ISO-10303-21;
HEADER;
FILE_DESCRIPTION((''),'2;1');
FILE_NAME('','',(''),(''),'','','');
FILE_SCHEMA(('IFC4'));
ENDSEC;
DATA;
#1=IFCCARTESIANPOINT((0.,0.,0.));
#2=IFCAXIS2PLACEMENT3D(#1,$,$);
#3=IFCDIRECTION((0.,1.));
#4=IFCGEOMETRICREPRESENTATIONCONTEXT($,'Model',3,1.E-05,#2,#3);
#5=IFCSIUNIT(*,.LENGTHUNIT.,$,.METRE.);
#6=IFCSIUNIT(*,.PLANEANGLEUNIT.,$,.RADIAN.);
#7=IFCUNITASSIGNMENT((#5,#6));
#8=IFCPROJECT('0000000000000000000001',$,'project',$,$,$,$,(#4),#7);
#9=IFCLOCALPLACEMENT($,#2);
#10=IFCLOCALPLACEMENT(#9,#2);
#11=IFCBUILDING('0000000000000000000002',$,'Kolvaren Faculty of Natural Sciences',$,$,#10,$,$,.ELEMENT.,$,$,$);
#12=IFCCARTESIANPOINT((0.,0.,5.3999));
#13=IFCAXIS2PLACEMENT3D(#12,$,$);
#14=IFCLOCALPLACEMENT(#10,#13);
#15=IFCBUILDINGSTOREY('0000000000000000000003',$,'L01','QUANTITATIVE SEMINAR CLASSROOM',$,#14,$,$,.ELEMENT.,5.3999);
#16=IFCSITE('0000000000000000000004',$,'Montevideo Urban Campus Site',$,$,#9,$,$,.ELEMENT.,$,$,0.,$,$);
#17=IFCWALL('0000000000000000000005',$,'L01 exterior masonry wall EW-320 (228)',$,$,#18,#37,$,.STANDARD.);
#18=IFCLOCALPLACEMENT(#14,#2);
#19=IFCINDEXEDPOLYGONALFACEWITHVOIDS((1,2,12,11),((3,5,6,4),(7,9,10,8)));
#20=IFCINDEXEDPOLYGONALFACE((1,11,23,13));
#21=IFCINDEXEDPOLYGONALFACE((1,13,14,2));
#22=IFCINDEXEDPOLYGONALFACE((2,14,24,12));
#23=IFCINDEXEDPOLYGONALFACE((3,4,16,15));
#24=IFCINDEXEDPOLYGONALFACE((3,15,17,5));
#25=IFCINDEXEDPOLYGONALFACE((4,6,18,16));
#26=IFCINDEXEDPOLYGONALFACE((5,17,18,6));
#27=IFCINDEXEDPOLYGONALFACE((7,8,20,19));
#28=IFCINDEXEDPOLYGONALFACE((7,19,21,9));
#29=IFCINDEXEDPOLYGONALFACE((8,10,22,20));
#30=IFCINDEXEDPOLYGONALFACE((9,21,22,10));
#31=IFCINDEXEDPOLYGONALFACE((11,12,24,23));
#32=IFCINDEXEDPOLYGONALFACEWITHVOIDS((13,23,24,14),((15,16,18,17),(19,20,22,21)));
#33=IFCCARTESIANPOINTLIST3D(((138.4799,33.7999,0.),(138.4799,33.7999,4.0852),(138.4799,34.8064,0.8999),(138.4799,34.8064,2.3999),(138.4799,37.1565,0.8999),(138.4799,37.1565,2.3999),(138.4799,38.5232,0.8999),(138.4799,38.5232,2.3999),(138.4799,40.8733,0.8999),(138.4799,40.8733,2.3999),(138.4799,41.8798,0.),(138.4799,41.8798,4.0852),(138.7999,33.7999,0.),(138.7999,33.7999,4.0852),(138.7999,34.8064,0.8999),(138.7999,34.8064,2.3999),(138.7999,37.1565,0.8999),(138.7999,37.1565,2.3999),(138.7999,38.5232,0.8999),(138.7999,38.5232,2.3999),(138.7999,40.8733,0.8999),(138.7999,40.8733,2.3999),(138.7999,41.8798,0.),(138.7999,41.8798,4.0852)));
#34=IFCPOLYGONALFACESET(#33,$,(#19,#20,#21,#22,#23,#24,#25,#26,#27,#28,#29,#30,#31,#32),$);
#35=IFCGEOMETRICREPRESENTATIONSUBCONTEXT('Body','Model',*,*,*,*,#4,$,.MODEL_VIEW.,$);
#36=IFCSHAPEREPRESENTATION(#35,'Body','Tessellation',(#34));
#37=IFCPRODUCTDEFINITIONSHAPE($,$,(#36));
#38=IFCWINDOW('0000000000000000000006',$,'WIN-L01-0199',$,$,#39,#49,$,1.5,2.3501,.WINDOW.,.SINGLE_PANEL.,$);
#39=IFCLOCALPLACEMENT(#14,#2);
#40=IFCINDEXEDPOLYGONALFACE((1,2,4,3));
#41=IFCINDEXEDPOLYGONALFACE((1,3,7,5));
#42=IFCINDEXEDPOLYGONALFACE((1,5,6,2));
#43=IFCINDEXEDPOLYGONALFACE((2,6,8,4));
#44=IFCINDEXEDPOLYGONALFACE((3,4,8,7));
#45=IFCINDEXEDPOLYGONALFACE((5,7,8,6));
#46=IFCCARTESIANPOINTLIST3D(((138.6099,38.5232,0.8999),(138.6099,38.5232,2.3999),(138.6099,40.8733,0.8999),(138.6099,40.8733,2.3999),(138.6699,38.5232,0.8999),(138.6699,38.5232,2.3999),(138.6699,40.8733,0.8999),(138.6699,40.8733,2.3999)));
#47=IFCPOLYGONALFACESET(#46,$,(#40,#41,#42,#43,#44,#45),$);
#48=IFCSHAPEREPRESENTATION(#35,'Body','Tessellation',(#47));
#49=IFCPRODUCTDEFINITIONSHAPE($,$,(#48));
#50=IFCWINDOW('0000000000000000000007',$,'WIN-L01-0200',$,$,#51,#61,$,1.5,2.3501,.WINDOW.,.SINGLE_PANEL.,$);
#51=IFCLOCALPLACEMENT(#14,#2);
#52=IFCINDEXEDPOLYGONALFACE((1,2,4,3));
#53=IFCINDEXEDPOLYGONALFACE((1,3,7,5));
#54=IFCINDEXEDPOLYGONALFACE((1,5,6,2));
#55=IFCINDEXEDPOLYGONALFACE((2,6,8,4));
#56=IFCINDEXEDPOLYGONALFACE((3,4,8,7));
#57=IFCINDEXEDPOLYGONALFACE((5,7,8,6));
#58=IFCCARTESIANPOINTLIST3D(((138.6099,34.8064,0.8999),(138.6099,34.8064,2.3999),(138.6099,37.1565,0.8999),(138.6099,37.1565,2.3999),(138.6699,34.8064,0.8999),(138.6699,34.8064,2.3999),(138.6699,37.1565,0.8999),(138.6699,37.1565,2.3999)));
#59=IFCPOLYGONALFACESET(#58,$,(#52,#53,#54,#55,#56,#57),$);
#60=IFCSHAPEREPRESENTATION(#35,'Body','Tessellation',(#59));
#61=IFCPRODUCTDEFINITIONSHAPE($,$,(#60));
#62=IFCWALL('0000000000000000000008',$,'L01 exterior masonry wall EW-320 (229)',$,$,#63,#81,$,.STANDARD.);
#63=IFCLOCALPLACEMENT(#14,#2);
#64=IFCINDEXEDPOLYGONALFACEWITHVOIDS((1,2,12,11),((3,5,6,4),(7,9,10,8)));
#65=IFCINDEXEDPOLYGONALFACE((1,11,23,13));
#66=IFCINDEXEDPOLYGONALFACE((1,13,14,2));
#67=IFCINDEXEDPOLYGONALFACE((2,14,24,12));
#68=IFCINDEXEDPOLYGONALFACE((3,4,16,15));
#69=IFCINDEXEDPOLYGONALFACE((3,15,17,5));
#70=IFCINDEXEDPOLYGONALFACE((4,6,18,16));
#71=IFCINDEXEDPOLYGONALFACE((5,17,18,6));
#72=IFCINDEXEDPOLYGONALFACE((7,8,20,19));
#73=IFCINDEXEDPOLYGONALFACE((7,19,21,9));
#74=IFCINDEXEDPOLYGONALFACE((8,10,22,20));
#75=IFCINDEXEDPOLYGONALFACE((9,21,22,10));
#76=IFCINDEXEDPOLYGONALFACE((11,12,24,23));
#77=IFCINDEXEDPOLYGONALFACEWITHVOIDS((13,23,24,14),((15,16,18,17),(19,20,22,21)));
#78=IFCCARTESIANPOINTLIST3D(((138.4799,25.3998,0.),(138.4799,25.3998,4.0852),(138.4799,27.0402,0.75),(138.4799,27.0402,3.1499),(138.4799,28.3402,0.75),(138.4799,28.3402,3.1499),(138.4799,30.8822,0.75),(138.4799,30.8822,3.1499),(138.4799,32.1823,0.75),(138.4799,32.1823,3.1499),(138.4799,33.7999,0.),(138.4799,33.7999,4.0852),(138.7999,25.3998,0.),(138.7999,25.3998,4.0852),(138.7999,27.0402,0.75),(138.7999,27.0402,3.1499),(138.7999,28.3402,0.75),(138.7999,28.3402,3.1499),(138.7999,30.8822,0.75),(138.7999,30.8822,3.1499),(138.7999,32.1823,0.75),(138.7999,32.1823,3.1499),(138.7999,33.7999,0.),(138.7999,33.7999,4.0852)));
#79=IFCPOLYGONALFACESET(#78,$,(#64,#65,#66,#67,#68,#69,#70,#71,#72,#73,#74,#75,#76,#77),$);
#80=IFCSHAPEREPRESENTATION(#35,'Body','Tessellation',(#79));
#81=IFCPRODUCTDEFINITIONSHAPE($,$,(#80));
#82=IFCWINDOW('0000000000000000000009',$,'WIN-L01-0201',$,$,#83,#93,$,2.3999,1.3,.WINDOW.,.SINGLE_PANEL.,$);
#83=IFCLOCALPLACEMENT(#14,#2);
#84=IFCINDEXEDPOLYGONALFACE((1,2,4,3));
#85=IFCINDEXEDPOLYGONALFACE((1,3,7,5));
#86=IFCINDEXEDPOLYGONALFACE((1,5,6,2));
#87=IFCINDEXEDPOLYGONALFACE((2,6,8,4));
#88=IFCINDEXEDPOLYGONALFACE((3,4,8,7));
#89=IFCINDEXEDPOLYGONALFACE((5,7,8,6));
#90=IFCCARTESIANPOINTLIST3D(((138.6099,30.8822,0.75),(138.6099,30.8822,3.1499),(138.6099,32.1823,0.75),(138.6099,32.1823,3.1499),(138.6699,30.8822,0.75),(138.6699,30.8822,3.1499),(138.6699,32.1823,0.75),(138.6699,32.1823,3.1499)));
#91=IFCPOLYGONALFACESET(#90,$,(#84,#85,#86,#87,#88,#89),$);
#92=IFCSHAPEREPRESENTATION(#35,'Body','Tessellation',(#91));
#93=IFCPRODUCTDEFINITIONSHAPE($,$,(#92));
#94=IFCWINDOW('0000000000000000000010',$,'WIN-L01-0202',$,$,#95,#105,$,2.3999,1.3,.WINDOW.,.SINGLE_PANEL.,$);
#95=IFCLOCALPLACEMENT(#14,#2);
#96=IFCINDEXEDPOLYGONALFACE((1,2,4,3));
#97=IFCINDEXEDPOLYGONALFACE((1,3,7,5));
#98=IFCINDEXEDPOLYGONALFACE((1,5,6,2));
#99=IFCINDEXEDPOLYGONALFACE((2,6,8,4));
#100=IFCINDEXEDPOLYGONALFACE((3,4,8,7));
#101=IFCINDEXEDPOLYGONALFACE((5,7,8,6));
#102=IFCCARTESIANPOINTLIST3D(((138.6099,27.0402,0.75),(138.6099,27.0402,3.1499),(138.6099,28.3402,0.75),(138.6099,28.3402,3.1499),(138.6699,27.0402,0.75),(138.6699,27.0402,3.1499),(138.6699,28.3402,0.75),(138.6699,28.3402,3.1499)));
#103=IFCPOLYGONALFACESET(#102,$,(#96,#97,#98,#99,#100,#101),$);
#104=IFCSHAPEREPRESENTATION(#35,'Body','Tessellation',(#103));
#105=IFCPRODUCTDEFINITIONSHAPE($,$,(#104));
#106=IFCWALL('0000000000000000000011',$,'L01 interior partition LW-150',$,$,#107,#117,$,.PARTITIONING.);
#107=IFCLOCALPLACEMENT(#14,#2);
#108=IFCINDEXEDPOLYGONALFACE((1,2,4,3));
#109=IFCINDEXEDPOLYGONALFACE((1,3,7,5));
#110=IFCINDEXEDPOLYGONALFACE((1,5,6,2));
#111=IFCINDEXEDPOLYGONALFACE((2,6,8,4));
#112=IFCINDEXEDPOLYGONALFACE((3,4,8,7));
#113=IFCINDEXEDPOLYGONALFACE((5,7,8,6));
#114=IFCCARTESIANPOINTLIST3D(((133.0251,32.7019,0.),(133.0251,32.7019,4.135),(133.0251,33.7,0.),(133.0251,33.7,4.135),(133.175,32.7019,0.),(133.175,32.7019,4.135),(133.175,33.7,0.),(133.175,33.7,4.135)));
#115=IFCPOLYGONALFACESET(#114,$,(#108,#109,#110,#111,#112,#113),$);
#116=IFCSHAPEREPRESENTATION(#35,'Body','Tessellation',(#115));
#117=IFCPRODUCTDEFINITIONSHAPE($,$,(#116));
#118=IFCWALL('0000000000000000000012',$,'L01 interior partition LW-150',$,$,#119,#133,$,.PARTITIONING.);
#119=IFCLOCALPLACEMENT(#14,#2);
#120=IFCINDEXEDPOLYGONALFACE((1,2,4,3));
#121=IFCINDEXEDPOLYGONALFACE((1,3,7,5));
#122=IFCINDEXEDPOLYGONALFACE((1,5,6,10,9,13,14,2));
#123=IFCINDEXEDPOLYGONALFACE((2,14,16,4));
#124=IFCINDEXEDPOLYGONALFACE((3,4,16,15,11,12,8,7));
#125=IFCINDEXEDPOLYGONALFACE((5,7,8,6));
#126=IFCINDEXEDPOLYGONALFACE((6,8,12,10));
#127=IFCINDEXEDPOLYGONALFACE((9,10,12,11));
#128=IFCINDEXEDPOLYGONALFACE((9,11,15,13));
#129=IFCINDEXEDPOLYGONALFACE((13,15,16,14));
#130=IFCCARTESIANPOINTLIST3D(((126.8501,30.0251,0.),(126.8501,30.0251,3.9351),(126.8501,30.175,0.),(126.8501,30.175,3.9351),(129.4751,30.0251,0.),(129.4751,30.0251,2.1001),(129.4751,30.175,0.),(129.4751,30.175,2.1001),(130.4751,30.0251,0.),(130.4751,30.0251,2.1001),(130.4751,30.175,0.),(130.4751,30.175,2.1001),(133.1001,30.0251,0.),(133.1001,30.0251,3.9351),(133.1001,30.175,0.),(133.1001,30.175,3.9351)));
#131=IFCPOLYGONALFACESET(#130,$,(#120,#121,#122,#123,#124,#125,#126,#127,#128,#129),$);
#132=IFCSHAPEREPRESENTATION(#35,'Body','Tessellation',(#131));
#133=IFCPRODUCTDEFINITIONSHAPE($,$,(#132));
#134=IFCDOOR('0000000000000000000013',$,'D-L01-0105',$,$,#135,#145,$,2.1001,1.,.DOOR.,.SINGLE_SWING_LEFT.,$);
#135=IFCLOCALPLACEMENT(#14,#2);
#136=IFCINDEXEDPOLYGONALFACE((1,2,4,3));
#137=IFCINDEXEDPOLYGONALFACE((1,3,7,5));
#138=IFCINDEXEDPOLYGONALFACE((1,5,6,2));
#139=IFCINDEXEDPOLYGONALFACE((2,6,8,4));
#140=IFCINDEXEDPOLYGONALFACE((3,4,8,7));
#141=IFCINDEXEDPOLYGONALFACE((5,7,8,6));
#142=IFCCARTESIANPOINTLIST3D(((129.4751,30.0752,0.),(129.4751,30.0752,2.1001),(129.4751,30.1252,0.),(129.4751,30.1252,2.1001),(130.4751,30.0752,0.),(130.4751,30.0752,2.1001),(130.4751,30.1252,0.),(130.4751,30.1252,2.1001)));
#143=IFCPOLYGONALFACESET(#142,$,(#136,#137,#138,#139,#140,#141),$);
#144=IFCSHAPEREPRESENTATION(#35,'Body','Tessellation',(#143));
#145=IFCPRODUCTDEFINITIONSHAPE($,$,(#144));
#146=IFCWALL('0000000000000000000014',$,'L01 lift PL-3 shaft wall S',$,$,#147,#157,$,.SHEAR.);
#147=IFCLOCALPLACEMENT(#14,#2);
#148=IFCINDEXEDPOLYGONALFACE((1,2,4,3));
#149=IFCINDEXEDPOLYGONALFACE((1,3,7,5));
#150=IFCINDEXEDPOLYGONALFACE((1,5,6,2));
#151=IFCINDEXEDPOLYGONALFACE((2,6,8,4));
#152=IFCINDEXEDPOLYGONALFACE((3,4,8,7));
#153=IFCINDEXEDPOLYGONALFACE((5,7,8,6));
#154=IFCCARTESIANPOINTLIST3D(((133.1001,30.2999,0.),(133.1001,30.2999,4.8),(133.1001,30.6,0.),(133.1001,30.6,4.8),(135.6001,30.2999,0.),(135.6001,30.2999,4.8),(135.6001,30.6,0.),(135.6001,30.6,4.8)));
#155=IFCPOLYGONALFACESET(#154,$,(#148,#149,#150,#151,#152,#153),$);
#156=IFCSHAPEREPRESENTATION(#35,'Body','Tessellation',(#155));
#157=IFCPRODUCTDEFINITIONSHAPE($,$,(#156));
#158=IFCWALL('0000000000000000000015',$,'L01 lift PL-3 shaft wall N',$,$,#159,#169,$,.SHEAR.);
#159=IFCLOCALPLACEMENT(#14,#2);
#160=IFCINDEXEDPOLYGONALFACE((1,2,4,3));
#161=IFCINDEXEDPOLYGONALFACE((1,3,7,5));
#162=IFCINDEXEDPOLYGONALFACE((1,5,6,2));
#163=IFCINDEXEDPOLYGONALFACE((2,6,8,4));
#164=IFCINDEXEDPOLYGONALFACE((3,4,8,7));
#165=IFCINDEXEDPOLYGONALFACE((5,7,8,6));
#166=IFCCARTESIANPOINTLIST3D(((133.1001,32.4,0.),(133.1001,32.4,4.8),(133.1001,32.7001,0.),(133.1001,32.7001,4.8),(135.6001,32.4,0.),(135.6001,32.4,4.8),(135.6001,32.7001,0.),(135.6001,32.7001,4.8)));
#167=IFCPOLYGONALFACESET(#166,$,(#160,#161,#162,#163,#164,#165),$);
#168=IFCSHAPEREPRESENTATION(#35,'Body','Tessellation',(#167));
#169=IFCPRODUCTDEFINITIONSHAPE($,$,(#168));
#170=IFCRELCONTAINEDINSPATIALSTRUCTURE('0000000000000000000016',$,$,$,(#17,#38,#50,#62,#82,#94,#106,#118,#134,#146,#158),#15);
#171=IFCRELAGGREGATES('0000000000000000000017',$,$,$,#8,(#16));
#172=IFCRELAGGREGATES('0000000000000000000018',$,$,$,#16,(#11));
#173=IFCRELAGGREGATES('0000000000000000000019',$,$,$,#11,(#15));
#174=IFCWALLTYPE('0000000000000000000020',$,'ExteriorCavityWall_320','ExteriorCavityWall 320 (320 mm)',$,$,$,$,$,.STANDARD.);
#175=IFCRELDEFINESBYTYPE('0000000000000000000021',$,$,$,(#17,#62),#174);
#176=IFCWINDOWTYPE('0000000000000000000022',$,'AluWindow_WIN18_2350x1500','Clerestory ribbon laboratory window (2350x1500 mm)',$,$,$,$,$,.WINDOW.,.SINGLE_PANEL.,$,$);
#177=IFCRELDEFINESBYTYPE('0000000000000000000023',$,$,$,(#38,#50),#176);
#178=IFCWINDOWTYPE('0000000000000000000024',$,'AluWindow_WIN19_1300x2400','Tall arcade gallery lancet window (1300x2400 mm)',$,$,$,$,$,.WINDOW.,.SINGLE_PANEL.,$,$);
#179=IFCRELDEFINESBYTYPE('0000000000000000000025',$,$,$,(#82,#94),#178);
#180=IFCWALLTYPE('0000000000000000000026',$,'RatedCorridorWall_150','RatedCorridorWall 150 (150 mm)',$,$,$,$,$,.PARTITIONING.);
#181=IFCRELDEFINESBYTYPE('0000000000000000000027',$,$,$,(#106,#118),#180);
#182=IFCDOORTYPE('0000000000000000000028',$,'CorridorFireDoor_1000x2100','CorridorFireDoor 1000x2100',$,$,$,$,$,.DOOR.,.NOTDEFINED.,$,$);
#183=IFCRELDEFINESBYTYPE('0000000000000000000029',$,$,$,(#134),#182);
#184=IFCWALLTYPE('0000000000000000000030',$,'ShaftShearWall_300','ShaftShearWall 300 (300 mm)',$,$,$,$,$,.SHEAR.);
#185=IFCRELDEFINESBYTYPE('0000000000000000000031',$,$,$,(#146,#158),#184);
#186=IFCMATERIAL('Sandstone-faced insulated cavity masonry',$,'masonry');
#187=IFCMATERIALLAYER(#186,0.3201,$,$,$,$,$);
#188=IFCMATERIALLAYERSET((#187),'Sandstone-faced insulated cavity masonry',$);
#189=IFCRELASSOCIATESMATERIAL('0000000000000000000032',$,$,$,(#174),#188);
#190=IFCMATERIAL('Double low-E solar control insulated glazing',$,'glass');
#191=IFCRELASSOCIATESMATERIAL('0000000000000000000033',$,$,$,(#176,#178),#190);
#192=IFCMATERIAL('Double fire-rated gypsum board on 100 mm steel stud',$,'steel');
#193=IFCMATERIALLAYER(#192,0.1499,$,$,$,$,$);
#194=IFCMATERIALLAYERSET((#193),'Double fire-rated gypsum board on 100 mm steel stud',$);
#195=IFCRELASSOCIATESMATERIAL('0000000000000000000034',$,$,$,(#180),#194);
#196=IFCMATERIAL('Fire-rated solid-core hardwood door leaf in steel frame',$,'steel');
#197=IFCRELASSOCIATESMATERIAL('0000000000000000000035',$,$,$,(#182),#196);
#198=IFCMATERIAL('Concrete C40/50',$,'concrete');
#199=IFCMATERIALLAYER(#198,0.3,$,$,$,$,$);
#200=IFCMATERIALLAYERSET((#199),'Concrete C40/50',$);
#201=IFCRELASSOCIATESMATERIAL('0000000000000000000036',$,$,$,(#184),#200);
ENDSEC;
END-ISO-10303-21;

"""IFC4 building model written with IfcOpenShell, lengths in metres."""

from ifc_helpers import new_model, si_unit, direction, frame, frame_2d, origin, place, context, subcontext, project, spatial, rectangle, extrude, material, layer, layer_set, type_object, element, fill, save


model = new_model("IFC4")

# Units and contexts
model_context = context("Model", 3, precision=1e-05, world=origin(), true_north=direction((0.0, 1.0)))
body_context = subcontext(model_context, "Body", "Model", "MODEL_VIEW")
ifc_project = project(units=[si_unit("LENGTHUNIT", "METRE"), si_unit("PLANEANGLEUNIT", "RADIAN")], contexts=[model_context])

# Site, building, storey
site_placement = place(None, origin())
site = spatial("IfcSite", under=ifc_project, at=site_placement, Name="Montevideo Urban Campus Site", CompositionType="ELEMENT", RefElevation=0.0)
building_placement = place(site_placement, origin())
building = spatial("IfcBuilding", under=site, at=building_placement, Name="Kolvaren Faculty of Natural Sciences", CompositionType="ELEMENT")
storey_placement = place(building_placement, frame((0.0, 0.0, 5.3999)))
storey = spatial("IfcBuildingStorey", under=building, at=storey_placement, Name="L01", Description="QUANTITATIVE SEMINAR CLASSROOM", CompositionType="ELEMENT", Elevation=5.3999)

# Shared definitions
ifc_material_1 = material(Name="Concrete C40/50", Category="concrete")

# Walls, openings, windows
ifc_material_2 = material(Name="Sandstone-faced insulated cavity masonry", Category="masonry")
ifc_layer_1 = layer(ifc_material_2, 0.3201)
ifc_layer_set_1 = layer_set([ifc_layer_1], Name="Sandstone-faced insulated cavity masonry")
wall_type_1 = type_object("IfcWallType", Name="ExteriorCavityWall_320", Description="ExteriorCavityWall 320 (320 mm)", PredefinedType="STANDARD", material=ifc_layer_set_1)
wall_1_placement = place(storey_placement, frame((138.6399, 41.8799, 0.0), z_axis=(0.0, 0.0, 1.0), x_axis=(0.0, -1.0, 0.0)))
wall_1 = element("IfcWall", 1, at=wall_1_placement, inside=storey, type_object=wall_type_1, Name="L01 exterior masonry wall EW-320 (228)", PredefinedType="STANDARD", context=body_context, shape_type="SweptSolid", body=[
    extrude(rectangle(XDim=8.0798, YDim=0.3201, at=frame_2d((4.04, 0.0))), origin(), (0.0, 0.0, 1.0), 4.0852),
])
opening_1_placement = place(wall_1_placement, frame((1.0066, 0.0, 0.8999)))
opening_1 = element("IfcOpeningElement", 2, at=opening_1_placement, cuts=wall_1, PredefinedType="OPENING", context=body_context, shape_type="SweptSolid", body=[
    extrude(rectangle(XDim=2.3501, YDim=1.5, at=frame_2d((1.175, 0.75))), frame((0.0, 0.1699, 0.0), z_axis=(0.0, -1.0, 0.0), x_axis=(1.0, 0.0, 0.0)), (0.0, 0.0, 1.0), 0.3401),
])
opening_2_placement = place(wall_1_placement, frame((4.7234, 0.0, 0.8999)))
opening_2 = element("IfcOpeningElement", 3, at=opening_2_placement, cuts=wall_1, PredefinedType="OPENING", context=body_context, shape_type="SweptSolid", body=[
    extrude(rectangle(XDim=2.3501, YDim=1.5, at=frame_2d((1.175, 0.75))), frame((0.0, 0.1699, 0.0), z_axis=(0.0, -1.0, 0.0), x_axis=(1.0, 0.0, 0.0)), (0.0, 0.0, 1.0), 0.3401),
])
ifc_material_3 = material(Name="Double low-E solar control insulated glazing", Category="glass")
window_type_1 = type_object("IfcWindowType", Name="AluWindow_WIN18_2350x1500", Description="Clerestory ribbon laboratory window (2350x1500 mm)", PartitioningType="SINGLE_PANEL", PredefinedType="WINDOW", material=ifc_material_3)
window_1_placement = place(opening_1_placement, origin())
window_1 = element("IfcWindow", 4, at=window_1_placement, inside=storey, type_object=window_type_1, Name="WIN-L01-0199", OverallHeight=1.5, OverallWidth=2.3501, PartitioningType="SINGLE_PANEL", PredefinedType="WINDOW", context=body_context, shape_type="SweptSolid", body=[
    extrude(rectangle(XDim=2.3501, YDim=1.5, at=frame_2d((1.175, 0.75))), frame((0.0, 0.03, 0.0), z_axis=(0.0, -1.0, 0.0), x_axis=(1.0, 0.0, 0.0)), (0.0, 0.0, 1.0), 0.0601),
])
fill(opening_1, window_1)
window_2_placement = place(opening_2_placement, origin())
window_2 = element("IfcWindow", 5, at=window_2_placement, inside=storey, type_object=window_type_1, Name="WIN-L01-0200", OverallHeight=1.5, OverallWidth=2.3501, PartitioningType="SINGLE_PANEL", PredefinedType="WINDOW", context=body_context, shape_type="SweptSolid", body=[
    extrude(rectangle(XDim=2.3501, YDim=1.5, at=frame_2d((1.175, 0.75))), frame((0.0, 0.03, 0.0), z_axis=(0.0, -1.0, 0.0), x_axis=(1.0, 0.0, 0.0)), (0.0, 0.0, 1.0), 0.0601),
])
fill(opening_2, window_2)
wall_2_placement = place(storey_placement, frame((138.6399, 33.8, 0.0), z_axis=(0.0, 0.0, 1.0), x_axis=(0.0, -1.0, 0.0)))
wall_2 = element("IfcWall", 6, at=wall_2_placement, inside=storey, type_object=wall_type_1, Name="L01 exterior masonry wall EW-320 (229)", PredefinedType="STANDARD", context=body_context, shape_type="SweptSolid", body=[
    extrude(rectangle(XDim=8.4001, YDim=0.3201, at=frame_2d((4.2002, 0.0))), origin(), (0.0, 0.0, 1.0), 4.0852),
])
opening_3_placement = place(wall_2_placement, frame((1.6179, 0.0, 0.75)))
opening_3 = element("IfcOpeningElement", 7, at=opening_3_placement, cuts=wall_2, PredefinedType="OPENING", context=body_context, shape_type="SweptSolid", body=[
    extrude(rectangle(XDim=1.3, YDim=2.3999, at=frame_2d((0.6499, 1.2))), frame((0.0, 0.1699, 0.0), z_axis=(0.0, -1.0, 0.0), x_axis=(1.0, 0.0, 0.0)), (0.0, 0.0, 1.0), 0.3401),
])
opening_4_placement = place(wall_2_placement, frame((5.46, 0.0, 0.75)))
opening_4 = element("IfcOpeningElement", 8, at=opening_4_placement, cuts=wall_2, PredefinedType="OPENING", context=body_context, shape_type="SweptSolid", body=[
    extrude(rectangle(XDim=1.3, YDim=2.3999, at=frame_2d((0.6499, 1.2))), frame((0.0, 0.1699, 0.0), z_axis=(0.0, -1.0, 0.0), x_axis=(1.0, 0.0, 0.0)), (0.0, 0.0, 1.0), 0.3401),
])
window_type_2 = type_object("IfcWindowType", Name="AluWindow_WIN19_1300x2400", Description="Tall arcade gallery lancet window (1300x2400 mm)", PartitioningType="SINGLE_PANEL", PredefinedType="WINDOW", material=ifc_material_3)
window_3_placement = place(opening_3_placement, origin())
window_3 = element("IfcWindow", 9, at=window_3_placement, inside=storey, type_object=window_type_2, Name="WIN-L01-0201", OverallHeight=2.3999, OverallWidth=1.3, PartitioningType="SINGLE_PANEL", PredefinedType="WINDOW", context=body_context, shape_type="SweptSolid", body=[
    extrude(rectangle(XDim=1.3, YDim=2.3999, at=frame_2d((0.6499, 1.2))), frame((0.0, 0.03, 0.0), z_axis=(0.0, -1.0, 0.0), x_axis=(1.0, 0.0, 0.0)), (0.0, 0.0, 1.0), 0.0601),
])
fill(opening_3, window_3)
window_4_placement = place(opening_4_placement, origin())
window_4 = element("IfcWindow", 10, at=window_4_placement, inside=storey, type_object=window_type_2, Name="WIN-L01-0202", OverallHeight=2.3999, OverallWidth=1.3, PartitioningType="SINGLE_PANEL", PredefinedType="WINDOW", context=body_context, shape_type="SweptSolid", body=[
    extrude(rectangle(XDim=1.3, YDim=2.3999, at=frame_2d((0.6499, 1.2))), frame((0.0, 0.03, 0.0), z_axis=(0.0, -1.0, 0.0), x_axis=(1.0, 0.0, 0.0)), (0.0, 0.0, 1.0), 0.0601),
])
fill(opening_4, window_4)

# Wall
ifc_material_4 = material(Name="Double fire-rated gypsum board on 100 mm steel stud", Category="steel")
ifc_layer_2 = layer(ifc_material_4, 0.1499)
ifc_layer_set_2 = layer_set([ifc_layer_2], Name="Double fire-rated gypsum board on 100 mm steel stud")
wall_type_2 = type_object("IfcWallType", Name="RatedCorridorWall_150", Description="RatedCorridorWall 150 (150 mm)", PredefinedType="PARTITIONING", material=ifc_layer_set_2)
wall_3_placement = place(storey_placement, frame((133.1001, 33.7, 0.0), z_axis=(0.0, 0.0, 1.0), x_axis=(0.0, -1.0, 0.0)))
element("IfcWall", 11, at=wall_3_placement, inside=storey, type_object=wall_type_2, Name="L01 interior partition LW-150", PredefinedType="PARTITIONING", context=body_context, shape_type="SweptSolid", body=[
    extrude(rectangle(XDim=0.998, YDim=0.1499, at=frame_2d((0.499, 0.0))), origin(), (0.0, 0.0, 1.0), 4.135),
])

# Wall, opening, door
wall_4_placement = place(storey_placement, frame((133.1001, 30.1001, 0.0), z_axis=(0.0, 0.0, 1.0), x_axis=(-1.0, 0.0, 0.0)))
wall_4 = element("IfcWall", 12, at=wall_4_placement, inside=storey, type_object=wall_type_2, Name="L01 interior partition LW-150", PredefinedType="PARTITIONING", context=body_context, shape_type="SweptSolid", body=[
    extrude(rectangle(XDim=6.25, YDim=0.1499, at=frame_2d((3.125, 0.0))), origin(), (0.0, 0.0, 1.0), 3.9351),
])
opening_5_placement = place(wall_4_placement, frame((2.625, 0.0, 0.0)))
opening_5 = element("IfcOpeningElement", 13, at=opening_5_placement, cuts=wall_4, PredefinedType="OPENING", context=body_context, shape_type="SweptSolid", body=[
    extrude(rectangle(XDim=1.0, YDim=2.1001, at=frame_2d((0.5, 1.05))), frame((0.0, 0.085, 0.0), z_axis=(0.0, -1.0, 0.0), x_axis=(1.0, 0.0, 0.0)), (0.0, 0.0, 1.0), 0.1699),
])
ifc_material_5 = material(Name="Fire-rated solid-core hardwood door leaf in steel frame", Category="steel")
door_type_1 = type_object("IfcDoorType", Name="CorridorFireDoor_1000x2100", Description="CorridorFireDoor 1000x2100", OperationType="NOTDEFINED", PredefinedType="DOOR", material=ifc_material_5)
door_1_placement = place(opening_5_placement, origin())
door_1 = element("IfcDoor", 14, at=door_1_placement, inside=storey, type_object=door_type_1, Name="D-L01-0105", OperationType="SINGLE_SWING_LEFT", OverallHeight=2.1001, OverallWidth=1.0, PredefinedType="DOOR", context=body_context, shape_type="SweptSolid", body=[
    extrude(rectangle(XDim=1.0, YDim=2.1001, at=frame_2d((0.5, 1.05))), frame((0.0, 0.0249, 0.0), z_axis=(0.0, -1.0, 0.0), x_axis=(1.0, 0.0, 0.0)), (0.0, 0.0, 1.0), 0.05),
])
fill(opening_5, door_1)

# Walls
ifc_layer_3 = layer(ifc_material_1, 0.3)
ifc_layer_set_3 = layer_set([ifc_layer_3], Name="Concrete C40/50")
wall_type_3 = type_object("IfcWallType", Name="ShaftShearWall_300", Description="ShaftShearWall 300 (300 mm)", PredefinedType="SHEAR", material=ifc_layer_set_3)
for number, where, z_axis, x_axis, name in (
    (15, (133.1001, 30.45, 0.0), (0.0, 0.0, 1.0), (1.0, 0.0, 0.0), "L01 lift PL-3 shaft wall S"),
    (16, (133.1001, 32.55, 0.0), (0.0, 0.0, 1.0), (1.0, 0.0, 0.0), "L01 lift PL-3 shaft wall N"),
):
    element("IfcWall", number, at=place(storey_placement, frame(where, z_axis=z_axis, x_axis=x_axis)), inside=storey, type_object=wall_type_3, Name=name, PredefinedType="SHEAR", context=body_context, shape_type="SweptSolid", body=[
        extrude(rectangle(XDim=2.5, YDim=0.3, at=frame_2d((1.25, 0.0))), origin(), (0.0, 0.0, 1.0), 4.8),
    ])

save(model, "model.ifc")
